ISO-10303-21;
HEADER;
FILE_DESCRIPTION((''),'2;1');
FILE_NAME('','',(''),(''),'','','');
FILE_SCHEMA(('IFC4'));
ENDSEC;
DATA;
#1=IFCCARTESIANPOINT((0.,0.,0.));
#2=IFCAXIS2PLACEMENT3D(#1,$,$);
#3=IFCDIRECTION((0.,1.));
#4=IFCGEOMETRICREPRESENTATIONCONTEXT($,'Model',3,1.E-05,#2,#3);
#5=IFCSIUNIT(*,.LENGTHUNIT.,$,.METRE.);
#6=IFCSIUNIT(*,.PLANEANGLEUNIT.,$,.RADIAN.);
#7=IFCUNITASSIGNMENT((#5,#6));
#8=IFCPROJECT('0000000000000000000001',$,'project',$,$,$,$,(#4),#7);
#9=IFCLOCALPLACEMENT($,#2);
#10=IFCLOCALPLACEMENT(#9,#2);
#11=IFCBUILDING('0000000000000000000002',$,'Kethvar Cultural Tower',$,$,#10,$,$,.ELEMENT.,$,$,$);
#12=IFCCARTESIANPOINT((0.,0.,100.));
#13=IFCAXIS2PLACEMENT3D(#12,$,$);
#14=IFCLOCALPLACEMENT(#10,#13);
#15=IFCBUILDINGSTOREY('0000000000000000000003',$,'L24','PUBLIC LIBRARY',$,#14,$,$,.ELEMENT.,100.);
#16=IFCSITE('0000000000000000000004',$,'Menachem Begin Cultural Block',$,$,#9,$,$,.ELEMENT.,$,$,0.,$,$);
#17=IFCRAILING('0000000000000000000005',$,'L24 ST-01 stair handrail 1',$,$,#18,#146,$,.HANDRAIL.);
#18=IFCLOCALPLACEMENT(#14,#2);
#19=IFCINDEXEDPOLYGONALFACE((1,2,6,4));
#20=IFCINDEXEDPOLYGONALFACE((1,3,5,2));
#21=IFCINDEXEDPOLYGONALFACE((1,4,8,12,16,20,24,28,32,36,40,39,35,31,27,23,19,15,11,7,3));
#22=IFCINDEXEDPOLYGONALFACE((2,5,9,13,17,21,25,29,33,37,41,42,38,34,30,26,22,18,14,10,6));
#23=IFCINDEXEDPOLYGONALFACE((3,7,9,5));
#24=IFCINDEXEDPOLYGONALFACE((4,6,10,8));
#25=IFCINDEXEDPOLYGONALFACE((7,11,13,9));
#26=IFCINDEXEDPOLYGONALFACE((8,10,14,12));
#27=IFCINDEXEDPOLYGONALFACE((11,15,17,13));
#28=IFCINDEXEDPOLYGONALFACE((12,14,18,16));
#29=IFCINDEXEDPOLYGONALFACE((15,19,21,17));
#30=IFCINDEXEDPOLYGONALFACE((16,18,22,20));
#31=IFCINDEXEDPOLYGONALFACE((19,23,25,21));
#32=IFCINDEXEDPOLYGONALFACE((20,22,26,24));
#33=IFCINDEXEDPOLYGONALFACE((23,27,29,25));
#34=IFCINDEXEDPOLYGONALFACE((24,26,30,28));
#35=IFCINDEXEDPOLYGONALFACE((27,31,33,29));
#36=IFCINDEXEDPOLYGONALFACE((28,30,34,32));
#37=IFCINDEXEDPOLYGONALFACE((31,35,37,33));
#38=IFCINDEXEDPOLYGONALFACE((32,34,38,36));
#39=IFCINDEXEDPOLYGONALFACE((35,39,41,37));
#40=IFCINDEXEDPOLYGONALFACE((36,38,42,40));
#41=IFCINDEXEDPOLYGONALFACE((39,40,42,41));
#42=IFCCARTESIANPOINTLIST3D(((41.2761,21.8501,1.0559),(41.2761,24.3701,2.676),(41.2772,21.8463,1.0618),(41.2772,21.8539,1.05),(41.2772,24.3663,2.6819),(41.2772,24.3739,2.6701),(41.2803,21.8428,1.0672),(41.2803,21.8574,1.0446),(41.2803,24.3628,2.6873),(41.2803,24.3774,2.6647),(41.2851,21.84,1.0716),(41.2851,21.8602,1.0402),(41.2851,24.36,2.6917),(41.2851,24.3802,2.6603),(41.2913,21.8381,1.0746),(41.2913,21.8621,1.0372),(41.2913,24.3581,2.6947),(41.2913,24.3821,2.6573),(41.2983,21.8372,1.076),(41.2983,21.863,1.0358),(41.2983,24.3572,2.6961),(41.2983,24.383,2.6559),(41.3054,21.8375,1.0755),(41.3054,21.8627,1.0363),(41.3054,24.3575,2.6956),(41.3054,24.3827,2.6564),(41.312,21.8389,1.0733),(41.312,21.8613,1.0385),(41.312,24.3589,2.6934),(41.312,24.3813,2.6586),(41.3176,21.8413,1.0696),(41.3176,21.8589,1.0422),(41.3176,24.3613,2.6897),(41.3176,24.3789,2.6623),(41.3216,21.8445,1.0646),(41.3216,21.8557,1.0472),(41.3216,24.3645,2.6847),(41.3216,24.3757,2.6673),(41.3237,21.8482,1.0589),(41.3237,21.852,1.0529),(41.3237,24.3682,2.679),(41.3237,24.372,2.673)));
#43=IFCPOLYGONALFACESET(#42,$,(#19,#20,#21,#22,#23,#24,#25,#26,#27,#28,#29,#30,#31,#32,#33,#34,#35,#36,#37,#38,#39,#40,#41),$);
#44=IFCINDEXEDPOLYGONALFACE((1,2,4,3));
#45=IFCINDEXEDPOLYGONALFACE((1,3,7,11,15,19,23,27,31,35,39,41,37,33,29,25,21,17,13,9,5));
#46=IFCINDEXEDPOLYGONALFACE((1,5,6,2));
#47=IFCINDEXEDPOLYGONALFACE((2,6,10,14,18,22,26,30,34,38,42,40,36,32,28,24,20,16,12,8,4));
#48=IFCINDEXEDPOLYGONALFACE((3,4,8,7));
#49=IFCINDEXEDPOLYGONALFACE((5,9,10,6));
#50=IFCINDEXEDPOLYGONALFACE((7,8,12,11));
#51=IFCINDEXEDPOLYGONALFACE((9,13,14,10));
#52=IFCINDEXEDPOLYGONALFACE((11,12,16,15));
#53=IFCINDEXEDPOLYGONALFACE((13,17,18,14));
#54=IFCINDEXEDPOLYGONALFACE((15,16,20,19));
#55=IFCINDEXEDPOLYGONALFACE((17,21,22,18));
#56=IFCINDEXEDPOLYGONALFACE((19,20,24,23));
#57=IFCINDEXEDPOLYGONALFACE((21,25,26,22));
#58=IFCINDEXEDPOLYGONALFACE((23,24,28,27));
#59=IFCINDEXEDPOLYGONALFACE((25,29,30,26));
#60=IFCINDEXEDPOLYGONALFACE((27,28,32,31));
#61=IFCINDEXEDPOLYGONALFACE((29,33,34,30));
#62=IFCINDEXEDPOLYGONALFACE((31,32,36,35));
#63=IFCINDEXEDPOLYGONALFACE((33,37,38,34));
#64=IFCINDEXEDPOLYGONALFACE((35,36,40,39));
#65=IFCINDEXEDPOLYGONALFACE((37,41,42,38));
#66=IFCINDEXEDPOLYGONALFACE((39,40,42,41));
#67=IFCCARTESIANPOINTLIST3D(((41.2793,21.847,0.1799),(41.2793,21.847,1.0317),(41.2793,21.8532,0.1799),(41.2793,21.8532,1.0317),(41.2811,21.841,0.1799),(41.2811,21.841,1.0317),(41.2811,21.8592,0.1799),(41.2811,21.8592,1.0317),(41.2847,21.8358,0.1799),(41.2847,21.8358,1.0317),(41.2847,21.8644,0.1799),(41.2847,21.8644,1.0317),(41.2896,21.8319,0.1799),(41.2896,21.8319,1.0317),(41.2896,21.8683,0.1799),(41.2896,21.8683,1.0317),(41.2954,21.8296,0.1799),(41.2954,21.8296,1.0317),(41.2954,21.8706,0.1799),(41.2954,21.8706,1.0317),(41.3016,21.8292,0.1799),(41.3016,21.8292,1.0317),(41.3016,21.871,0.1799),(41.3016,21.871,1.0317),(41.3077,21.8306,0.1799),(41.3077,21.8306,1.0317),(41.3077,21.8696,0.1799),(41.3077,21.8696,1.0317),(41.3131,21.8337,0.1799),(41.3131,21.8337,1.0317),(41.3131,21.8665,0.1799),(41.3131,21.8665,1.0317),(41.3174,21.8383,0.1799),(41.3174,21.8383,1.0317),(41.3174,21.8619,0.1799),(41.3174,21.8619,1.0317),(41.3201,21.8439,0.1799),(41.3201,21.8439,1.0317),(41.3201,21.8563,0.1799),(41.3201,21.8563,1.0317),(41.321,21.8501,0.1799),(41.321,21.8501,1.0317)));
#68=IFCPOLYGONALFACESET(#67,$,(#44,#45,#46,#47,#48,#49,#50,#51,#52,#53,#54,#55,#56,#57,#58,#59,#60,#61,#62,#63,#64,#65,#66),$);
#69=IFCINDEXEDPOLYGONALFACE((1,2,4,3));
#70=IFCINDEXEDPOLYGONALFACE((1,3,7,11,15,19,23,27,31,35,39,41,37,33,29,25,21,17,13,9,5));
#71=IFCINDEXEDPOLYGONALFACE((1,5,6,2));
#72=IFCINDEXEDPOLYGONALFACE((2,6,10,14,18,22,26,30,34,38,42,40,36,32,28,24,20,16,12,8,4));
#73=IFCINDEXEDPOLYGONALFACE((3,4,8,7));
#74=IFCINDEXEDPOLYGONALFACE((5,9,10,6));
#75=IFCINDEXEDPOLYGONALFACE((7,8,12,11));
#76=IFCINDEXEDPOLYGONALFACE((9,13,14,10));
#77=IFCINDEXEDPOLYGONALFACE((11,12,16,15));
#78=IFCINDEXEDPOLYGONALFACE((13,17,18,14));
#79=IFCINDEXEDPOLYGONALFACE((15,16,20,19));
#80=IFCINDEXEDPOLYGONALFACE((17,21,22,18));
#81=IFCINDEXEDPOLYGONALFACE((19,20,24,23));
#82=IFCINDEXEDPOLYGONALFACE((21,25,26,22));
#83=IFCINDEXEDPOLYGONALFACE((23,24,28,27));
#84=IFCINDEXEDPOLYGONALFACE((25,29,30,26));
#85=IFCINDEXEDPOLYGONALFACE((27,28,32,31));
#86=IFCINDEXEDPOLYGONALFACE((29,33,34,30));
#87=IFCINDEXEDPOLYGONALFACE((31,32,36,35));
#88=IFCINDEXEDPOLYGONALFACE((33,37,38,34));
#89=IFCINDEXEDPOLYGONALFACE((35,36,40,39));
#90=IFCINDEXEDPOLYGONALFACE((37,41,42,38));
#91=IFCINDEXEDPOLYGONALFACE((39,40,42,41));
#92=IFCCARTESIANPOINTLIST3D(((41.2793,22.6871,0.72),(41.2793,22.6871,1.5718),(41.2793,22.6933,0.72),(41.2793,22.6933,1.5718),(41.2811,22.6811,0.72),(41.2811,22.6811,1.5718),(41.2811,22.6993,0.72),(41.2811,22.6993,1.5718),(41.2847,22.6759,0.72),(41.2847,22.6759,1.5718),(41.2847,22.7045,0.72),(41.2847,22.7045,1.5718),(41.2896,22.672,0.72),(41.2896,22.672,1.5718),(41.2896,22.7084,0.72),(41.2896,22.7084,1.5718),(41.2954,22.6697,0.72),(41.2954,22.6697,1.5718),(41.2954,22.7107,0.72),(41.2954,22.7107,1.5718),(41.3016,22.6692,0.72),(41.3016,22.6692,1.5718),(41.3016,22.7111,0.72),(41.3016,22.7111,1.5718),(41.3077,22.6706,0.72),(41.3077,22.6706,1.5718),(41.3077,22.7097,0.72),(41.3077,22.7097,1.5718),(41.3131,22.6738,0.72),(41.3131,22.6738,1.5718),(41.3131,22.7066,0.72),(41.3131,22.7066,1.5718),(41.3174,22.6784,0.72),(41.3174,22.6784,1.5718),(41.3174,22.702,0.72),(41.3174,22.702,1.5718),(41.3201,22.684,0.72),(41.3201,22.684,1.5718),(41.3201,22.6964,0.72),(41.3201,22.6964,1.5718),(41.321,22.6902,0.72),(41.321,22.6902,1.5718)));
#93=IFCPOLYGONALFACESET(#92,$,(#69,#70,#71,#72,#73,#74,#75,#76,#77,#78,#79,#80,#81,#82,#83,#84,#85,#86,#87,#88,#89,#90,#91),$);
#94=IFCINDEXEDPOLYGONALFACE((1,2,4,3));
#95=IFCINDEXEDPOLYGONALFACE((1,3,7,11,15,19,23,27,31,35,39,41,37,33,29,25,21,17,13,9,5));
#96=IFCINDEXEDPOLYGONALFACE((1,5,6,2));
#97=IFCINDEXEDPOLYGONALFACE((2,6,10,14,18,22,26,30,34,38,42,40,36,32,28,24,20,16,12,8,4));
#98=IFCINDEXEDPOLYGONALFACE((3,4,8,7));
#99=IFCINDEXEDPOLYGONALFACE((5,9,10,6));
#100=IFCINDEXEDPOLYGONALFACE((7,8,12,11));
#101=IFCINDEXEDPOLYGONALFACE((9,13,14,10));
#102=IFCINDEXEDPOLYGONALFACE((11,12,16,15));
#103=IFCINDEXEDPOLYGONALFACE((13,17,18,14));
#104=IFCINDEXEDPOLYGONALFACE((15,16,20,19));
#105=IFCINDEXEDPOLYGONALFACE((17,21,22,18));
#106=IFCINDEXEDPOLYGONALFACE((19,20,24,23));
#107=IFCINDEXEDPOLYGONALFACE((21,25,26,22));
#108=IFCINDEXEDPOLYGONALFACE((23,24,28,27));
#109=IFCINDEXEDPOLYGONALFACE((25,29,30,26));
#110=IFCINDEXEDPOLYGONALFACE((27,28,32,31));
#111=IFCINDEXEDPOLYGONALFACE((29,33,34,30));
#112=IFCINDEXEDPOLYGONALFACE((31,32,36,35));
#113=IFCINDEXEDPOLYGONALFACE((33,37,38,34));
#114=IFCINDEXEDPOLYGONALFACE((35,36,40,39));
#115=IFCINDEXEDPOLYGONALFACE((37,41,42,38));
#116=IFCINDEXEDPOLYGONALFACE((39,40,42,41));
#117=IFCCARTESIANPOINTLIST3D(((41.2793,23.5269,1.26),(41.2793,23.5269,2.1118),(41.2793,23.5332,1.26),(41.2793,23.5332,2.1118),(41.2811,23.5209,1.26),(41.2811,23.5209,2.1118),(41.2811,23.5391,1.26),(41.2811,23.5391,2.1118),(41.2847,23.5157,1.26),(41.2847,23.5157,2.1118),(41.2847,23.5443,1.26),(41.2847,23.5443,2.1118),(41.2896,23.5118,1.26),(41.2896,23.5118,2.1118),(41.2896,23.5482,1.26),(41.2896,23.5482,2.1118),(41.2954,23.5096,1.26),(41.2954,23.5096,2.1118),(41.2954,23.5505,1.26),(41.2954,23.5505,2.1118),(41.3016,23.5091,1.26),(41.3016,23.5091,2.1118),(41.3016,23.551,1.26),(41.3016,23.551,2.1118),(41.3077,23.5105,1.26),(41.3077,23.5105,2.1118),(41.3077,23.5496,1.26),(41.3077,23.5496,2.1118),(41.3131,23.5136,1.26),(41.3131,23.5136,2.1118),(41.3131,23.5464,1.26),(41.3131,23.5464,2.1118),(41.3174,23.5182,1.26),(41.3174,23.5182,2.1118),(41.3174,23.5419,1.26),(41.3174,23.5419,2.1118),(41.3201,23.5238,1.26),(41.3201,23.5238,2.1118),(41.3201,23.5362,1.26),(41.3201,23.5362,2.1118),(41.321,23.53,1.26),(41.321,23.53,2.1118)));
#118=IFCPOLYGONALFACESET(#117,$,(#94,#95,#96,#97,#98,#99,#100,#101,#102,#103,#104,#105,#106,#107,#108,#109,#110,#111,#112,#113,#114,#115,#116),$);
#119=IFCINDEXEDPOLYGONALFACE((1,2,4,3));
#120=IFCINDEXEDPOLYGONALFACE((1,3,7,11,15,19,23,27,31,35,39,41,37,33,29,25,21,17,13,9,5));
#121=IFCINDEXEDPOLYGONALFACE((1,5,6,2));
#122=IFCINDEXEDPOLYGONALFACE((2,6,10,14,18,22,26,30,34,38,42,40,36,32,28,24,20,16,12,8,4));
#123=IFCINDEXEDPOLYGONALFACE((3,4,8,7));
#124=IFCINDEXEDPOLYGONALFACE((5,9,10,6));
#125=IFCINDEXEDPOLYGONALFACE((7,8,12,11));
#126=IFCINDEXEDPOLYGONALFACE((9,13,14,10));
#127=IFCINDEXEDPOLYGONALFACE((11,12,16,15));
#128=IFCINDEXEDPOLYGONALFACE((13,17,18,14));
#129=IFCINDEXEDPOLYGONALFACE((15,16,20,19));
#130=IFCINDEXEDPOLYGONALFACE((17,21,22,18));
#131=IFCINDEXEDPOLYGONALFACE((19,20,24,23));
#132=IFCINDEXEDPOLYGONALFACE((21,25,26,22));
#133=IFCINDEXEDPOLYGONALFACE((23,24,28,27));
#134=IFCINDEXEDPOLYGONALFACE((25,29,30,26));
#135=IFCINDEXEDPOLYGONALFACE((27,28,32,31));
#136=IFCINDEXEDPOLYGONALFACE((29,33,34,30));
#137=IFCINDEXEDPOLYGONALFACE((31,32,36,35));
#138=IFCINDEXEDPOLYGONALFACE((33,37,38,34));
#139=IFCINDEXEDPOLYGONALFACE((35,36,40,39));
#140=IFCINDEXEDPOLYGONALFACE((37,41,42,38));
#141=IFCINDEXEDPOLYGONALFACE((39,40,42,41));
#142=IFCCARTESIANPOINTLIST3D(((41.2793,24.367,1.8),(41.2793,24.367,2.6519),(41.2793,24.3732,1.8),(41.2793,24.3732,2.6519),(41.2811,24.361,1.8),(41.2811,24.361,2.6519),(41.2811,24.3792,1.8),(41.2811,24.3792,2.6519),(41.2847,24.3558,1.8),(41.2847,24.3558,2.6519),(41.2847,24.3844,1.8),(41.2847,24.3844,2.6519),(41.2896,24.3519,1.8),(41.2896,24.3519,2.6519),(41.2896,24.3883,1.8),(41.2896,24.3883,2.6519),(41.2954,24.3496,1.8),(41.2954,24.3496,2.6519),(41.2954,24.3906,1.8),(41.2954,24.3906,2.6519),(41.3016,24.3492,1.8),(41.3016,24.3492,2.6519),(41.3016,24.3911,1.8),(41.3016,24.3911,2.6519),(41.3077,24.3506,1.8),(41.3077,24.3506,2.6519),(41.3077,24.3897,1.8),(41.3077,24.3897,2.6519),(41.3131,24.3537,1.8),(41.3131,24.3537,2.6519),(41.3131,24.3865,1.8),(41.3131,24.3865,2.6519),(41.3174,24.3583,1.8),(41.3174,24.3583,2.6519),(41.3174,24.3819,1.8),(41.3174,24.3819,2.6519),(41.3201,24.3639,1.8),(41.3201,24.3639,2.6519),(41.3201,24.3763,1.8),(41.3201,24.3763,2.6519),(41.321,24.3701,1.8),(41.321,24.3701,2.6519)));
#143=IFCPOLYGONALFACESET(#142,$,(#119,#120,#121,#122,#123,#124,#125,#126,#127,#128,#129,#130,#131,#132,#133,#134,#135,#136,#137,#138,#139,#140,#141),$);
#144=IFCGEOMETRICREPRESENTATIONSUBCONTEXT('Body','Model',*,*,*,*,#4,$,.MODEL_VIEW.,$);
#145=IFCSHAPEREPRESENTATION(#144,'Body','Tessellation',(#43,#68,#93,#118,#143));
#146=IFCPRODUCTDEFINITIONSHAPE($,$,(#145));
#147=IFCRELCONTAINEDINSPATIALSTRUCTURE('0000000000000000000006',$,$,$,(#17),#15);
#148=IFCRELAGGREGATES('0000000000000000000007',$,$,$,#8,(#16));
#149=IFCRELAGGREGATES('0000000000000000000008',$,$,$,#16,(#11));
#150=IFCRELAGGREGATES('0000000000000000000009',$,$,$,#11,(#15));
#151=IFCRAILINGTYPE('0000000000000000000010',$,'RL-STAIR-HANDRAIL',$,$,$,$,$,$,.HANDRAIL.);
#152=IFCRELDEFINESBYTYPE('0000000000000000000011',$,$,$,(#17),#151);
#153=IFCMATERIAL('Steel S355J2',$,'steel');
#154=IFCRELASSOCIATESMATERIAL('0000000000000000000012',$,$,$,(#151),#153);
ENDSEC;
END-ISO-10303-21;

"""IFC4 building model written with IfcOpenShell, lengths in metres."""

from ifc_helpers import new_model, si_unit, direction, frame, origin, origin_2d, place, context, subcontext, project, spatial, circle, extrude, material, type_object, element, save


model = new_model("IFC4")

# Units and contexts
model_context = context("Model", 3, precision=1e-05, world=origin(), true_north=direction((0.0, 1.0)))
body_context = subcontext(model_context, "Body", "Model", "MODEL_VIEW")
ifc_project = project(units=[si_unit("LENGTHUNIT", "METRE"), si_unit("PLANEANGLEUNIT", "RADIAN")], contexts=[model_context])

# Site, building, storey
site_placement = place(None, origin())
site = spatial("IfcSite", under=ifc_project, at=site_placement, Name="Menachem Begin Cultural Block", CompositionType="ELEMENT", RefElevation=0.0)
building_placement = place(site_placement, origin())
building = spatial("IfcBuilding", under=site, at=building_placement, Name="Kethvar Cultural Tower", CompositionType="ELEMENT")
storey_placement = place(building_placement, frame((0.0, 0.0, 100.0)))
storey = spatial("IfcBuildingStorey", under=building, at=storey_placement, Name="L24", Description="PUBLIC LIBRARY", CompositionType="ELEMENT", Elevation=100.0)

# Shared definitions
ifc_material_1 = material(Name="Steel S355J2", Category="steel")

# Railing
railing_type_1 = type_object("IfcRailingType", Name="RL-STAIR-HANDRAIL", PredefinedType="HANDRAIL", material=ifc_material_1)
railing_1_placement = place(storey_placement, frame((41.3, 21.8501, 0.1799)))
element("IfcRailing", 1, at=railing_1_placement, inside=storey, type_object=railing_type_1, Name="L24 ST-01 stair handrail 1", PredefinedType="HANDRAIL", context=body_context, shape_type="SweptSolid", body=[
    extrude(circle(Radius=0.0239, at=origin_2d()), frame((0.0, 0.0, 0.876), z_axis=(0.0, 0.841163, 0.540782), x_axis=(-1.0, 0.0, 0.0)), (0.0, 0.0, 1.0), 2.9958),
    extrude(circle(Radius=0.021, at=origin_2d()), origin(), (0.0, 0.0, 1.0), 0.8518),
    extrude(circle(Radius=0.021, at=origin_2d()), frame((0.0, 0.8401, 0.54)), (0.0, 0.0, 1.0), 0.8518),
    extrude(circle(Radius=0.021, at=origin_2d()), frame((0.0, 1.6799, 1.0801)), (0.0, 0.0, 1.0), 0.8518),
    extrude(circle(Radius=0.021, at=origin_2d()), frame((0.0, 2.52, 1.6201)), (0.0, 0.0, 1.0), 0.8518),
])

save(model, "model.ifc")
